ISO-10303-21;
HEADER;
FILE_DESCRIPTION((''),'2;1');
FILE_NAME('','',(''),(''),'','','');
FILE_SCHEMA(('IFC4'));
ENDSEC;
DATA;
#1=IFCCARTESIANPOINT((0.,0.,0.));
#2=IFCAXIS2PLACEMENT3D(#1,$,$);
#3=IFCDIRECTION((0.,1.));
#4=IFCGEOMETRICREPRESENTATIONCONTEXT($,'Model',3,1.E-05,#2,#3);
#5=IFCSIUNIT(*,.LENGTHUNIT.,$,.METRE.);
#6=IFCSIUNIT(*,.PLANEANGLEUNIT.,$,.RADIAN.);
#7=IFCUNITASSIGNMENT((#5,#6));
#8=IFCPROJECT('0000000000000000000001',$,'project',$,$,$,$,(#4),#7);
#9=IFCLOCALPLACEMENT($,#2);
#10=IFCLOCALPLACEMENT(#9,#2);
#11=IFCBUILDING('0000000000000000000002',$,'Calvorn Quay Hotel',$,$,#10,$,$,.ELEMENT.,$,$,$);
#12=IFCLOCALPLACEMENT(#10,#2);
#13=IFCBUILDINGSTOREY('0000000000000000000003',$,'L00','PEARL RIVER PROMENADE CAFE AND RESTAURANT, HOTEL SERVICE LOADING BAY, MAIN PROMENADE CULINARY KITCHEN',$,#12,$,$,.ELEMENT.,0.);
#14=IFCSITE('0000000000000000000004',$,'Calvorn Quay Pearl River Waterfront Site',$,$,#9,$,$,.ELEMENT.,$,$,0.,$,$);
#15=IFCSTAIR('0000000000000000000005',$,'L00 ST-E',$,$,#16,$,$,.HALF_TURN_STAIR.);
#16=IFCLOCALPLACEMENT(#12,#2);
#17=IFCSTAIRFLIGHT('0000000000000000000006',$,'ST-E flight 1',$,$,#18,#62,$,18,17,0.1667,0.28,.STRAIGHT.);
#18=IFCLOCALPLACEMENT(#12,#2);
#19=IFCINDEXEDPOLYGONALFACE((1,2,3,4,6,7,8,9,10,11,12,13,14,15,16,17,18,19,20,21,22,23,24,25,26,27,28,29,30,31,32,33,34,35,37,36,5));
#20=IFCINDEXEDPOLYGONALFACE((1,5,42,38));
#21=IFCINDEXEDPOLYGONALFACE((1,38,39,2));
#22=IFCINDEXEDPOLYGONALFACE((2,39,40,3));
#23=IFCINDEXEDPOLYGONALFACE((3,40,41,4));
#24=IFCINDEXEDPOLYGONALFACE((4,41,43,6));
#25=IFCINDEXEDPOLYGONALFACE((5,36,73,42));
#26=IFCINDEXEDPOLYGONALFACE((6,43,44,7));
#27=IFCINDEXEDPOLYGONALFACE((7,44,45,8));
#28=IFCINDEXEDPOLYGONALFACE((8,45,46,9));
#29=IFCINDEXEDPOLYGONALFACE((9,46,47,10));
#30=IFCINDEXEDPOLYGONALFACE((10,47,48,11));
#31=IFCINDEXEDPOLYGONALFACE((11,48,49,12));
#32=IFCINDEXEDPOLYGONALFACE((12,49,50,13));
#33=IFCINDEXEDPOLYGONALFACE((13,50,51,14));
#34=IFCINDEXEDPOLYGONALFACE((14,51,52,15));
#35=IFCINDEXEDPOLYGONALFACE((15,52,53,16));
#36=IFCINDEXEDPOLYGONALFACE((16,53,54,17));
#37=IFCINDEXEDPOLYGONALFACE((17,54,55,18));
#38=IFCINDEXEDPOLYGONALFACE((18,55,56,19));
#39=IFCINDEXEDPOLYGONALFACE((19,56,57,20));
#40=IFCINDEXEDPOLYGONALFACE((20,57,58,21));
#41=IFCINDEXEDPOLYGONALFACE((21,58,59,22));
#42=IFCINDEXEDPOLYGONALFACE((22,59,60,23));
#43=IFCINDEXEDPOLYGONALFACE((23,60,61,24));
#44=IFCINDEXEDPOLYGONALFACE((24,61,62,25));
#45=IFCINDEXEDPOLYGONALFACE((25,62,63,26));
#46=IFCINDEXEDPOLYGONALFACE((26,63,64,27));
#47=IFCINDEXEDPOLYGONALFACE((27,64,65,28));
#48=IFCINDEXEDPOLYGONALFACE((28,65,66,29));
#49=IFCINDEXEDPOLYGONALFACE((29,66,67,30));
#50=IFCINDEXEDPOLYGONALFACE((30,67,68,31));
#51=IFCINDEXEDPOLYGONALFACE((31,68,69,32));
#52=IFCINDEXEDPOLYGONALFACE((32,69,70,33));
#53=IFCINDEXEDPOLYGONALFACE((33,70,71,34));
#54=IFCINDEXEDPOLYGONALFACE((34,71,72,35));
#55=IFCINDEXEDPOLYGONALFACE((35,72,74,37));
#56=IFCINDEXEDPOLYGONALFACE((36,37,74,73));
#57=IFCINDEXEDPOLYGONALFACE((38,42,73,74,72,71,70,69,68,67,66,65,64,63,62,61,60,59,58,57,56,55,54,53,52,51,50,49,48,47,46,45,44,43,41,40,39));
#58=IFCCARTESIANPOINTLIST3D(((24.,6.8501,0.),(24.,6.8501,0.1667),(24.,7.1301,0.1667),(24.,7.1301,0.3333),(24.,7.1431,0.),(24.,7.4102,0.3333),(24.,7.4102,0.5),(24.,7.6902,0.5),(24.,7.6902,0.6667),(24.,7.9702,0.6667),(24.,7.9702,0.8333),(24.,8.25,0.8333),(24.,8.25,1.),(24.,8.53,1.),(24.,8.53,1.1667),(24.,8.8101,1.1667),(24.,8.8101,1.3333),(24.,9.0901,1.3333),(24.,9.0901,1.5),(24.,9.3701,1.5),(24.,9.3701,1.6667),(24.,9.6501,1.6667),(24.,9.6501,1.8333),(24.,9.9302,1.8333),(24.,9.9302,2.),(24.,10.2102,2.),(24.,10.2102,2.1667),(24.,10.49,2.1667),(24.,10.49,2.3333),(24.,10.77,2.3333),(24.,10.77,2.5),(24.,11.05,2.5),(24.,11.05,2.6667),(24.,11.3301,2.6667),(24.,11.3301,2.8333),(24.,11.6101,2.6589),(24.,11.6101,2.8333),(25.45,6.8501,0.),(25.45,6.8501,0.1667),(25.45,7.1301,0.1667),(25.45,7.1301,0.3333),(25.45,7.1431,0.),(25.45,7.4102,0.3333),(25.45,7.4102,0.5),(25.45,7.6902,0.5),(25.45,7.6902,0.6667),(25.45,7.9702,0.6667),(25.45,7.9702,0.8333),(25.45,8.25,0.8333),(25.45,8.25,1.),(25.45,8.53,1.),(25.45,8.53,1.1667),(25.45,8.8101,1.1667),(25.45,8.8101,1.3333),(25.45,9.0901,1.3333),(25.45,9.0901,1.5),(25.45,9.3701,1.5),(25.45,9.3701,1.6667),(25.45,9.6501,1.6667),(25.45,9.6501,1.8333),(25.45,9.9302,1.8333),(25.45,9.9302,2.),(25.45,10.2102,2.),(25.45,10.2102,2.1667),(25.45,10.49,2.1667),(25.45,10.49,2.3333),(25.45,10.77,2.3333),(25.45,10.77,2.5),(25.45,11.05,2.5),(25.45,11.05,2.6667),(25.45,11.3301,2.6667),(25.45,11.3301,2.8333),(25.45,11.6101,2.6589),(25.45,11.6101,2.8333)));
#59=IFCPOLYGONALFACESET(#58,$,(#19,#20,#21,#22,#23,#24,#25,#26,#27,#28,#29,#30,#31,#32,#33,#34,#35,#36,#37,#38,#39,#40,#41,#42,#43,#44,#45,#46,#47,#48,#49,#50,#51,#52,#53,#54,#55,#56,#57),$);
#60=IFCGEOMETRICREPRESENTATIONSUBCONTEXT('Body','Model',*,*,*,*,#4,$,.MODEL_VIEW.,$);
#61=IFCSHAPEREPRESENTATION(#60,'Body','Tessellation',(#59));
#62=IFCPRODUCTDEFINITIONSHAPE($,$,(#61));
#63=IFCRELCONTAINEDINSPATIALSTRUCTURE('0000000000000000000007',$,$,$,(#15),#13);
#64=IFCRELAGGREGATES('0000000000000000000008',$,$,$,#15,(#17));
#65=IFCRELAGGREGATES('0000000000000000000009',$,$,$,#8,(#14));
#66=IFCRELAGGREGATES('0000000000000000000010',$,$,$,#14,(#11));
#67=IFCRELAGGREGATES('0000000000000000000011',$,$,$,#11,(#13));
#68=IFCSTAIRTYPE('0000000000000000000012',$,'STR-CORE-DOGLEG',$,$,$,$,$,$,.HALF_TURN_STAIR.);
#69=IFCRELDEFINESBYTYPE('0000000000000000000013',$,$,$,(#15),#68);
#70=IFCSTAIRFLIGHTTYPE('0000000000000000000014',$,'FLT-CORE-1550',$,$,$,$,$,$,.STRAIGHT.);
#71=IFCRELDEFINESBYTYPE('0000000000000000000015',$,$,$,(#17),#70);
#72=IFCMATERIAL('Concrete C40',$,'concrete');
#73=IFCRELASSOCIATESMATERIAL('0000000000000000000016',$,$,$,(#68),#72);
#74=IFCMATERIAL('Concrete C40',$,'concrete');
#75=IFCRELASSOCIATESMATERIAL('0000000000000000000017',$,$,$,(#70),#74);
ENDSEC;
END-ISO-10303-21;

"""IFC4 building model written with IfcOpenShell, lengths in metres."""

from ifc_helpers import new_model, si_unit, direction, frame, origin, place, context, subcontext, project, spatial, polyline, outline, extrude, material, type_object, element, aggregate, save


model = new_model("IFC4")

# Units and contexts
model_context = context("Model", 3, precision=1e-05, world=origin(), true_north=direction((0.0, 1.0)))
body_context = subcontext(model_context, "Body", "Model", "MODEL_VIEW")
ifc_project = project(units=[si_unit("LENGTHUNIT", "METRE"), si_unit("PLANEANGLEUNIT", "RADIAN")], contexts=[model_context])

# Site, building, storey
site_placement = place(None, origin())
site = spatial("IfcSite", under=ifc_project, at=site_placement, Name="Calvorn Quay Pearl River Waterfront Site", CompositionType="ELEMENT", RefElevation=0.0)
building_placement = place(site_placement, origin())
building = spatial("IfcBuilding", under=site, at=building_placement, Name="Calvorn Quay Hotel", CompositionType="ELEMENT")
storey_placement = place(building_placement, origin())
storey = spatial("IfcBuildingStorey", under=building, at=storey_placement, Name="L00", Description="PEARL RIVER PROMENADE CAFE AND RESTAURANT, HOTEL SERVICE LOADING BAY, MAIN PROMENADE CULINARY KITCHEN", CompositionType="ELEMENT", Elevation=0.0)

# Stair, stair flight
ifc_material_1 = material(Name="Concrete C40", Category="concrete")
stair_type = type_object("IfcStairType", Name="STR-CORE-DOGLEG", PredefinedType="HALF_TURN_STAIR", material=ifc_material_1)
stair_placement = place(storey_placement, origin())
stair = element("IfcStair", 1, at=stair_placement, inside=storey, type_object=stair_type, Name="L00 ST-E", PredefinedType="HALF_TURN_STAIR")
ifc_material_2 = material(Name="Concrete C40", Category="concrete")
stair_flight_type = type_object("IfcStairFlightType", Name="FLT-CORE-1550", PredefinedType="STRAIGHT", material=ifc_material_2)
stair_flight_placement = place(storey_placement, frame((24.7251, 6.8501, 0.0), z_axis=(0.0, 0.0, 1.0), x_axis=(0.0, 1.0, 0.0)))
stair_flight = element("IfcStairFlight", 2, at=stair_flight_placement, type_object=stair_flight_type, Name="ST-E flight 1", NumberOfRisers=18, NumberOfTreads=17, PredefinedType="STRAIGHT", RiserHeight=0.1667, TreadLength=0.28, context=body_context, shape_type="SweptSolid", body=[
    extrude(outline(polyline([(0.0, 0.0), (0.0, 0.1667), (0.28, 0.1667), (0.28, 0.3333), (0.5601, 0.3333), (0.5601, 0.5), (0.8401, 0.5), (0.8401, 0.6667), (1.1201, 0.6667), (1.1201, 0.8333), (1.3999, 0.8333), (1.3999, 1.0), (1.6799, 1.0), (1.6799, 1.1667), (1.96, 1.1667), (1.96, 1.3333), (2.24, 1.3333), (2.24, 1.5), (2.52, 1.5), (2.52, 1.6667), (2.8, 1.6667), (2.8, 1.8333), (3.0801, 1.8333), (3.0801, 2.0), (3.3601, 2.0), (3.3601, 2.1667), (3.6399, 2.1667), (3.6399, 2.3333), (3.9199, 2.3333), (3.9199, 2.5), (4.2, 2.5), (4.2, 2.6667), (4.48, 2.6667), (4.48, 2.8333), (4.76, 2.8333), (4.76, 3.0), (4.76, 2.6589), (0.293, 0.0), (0.0, 0.0)])), frame((0.0, 0.7251, 0.0), z_axis=(0.0, -1.0, 0.0), x_axis=(1.0, 0.0, 0.0)), (0.0, 0.0, 1.0), 1.45),
])
aggregate(stair, [stair_flight])

save(model, "model.ifc")
